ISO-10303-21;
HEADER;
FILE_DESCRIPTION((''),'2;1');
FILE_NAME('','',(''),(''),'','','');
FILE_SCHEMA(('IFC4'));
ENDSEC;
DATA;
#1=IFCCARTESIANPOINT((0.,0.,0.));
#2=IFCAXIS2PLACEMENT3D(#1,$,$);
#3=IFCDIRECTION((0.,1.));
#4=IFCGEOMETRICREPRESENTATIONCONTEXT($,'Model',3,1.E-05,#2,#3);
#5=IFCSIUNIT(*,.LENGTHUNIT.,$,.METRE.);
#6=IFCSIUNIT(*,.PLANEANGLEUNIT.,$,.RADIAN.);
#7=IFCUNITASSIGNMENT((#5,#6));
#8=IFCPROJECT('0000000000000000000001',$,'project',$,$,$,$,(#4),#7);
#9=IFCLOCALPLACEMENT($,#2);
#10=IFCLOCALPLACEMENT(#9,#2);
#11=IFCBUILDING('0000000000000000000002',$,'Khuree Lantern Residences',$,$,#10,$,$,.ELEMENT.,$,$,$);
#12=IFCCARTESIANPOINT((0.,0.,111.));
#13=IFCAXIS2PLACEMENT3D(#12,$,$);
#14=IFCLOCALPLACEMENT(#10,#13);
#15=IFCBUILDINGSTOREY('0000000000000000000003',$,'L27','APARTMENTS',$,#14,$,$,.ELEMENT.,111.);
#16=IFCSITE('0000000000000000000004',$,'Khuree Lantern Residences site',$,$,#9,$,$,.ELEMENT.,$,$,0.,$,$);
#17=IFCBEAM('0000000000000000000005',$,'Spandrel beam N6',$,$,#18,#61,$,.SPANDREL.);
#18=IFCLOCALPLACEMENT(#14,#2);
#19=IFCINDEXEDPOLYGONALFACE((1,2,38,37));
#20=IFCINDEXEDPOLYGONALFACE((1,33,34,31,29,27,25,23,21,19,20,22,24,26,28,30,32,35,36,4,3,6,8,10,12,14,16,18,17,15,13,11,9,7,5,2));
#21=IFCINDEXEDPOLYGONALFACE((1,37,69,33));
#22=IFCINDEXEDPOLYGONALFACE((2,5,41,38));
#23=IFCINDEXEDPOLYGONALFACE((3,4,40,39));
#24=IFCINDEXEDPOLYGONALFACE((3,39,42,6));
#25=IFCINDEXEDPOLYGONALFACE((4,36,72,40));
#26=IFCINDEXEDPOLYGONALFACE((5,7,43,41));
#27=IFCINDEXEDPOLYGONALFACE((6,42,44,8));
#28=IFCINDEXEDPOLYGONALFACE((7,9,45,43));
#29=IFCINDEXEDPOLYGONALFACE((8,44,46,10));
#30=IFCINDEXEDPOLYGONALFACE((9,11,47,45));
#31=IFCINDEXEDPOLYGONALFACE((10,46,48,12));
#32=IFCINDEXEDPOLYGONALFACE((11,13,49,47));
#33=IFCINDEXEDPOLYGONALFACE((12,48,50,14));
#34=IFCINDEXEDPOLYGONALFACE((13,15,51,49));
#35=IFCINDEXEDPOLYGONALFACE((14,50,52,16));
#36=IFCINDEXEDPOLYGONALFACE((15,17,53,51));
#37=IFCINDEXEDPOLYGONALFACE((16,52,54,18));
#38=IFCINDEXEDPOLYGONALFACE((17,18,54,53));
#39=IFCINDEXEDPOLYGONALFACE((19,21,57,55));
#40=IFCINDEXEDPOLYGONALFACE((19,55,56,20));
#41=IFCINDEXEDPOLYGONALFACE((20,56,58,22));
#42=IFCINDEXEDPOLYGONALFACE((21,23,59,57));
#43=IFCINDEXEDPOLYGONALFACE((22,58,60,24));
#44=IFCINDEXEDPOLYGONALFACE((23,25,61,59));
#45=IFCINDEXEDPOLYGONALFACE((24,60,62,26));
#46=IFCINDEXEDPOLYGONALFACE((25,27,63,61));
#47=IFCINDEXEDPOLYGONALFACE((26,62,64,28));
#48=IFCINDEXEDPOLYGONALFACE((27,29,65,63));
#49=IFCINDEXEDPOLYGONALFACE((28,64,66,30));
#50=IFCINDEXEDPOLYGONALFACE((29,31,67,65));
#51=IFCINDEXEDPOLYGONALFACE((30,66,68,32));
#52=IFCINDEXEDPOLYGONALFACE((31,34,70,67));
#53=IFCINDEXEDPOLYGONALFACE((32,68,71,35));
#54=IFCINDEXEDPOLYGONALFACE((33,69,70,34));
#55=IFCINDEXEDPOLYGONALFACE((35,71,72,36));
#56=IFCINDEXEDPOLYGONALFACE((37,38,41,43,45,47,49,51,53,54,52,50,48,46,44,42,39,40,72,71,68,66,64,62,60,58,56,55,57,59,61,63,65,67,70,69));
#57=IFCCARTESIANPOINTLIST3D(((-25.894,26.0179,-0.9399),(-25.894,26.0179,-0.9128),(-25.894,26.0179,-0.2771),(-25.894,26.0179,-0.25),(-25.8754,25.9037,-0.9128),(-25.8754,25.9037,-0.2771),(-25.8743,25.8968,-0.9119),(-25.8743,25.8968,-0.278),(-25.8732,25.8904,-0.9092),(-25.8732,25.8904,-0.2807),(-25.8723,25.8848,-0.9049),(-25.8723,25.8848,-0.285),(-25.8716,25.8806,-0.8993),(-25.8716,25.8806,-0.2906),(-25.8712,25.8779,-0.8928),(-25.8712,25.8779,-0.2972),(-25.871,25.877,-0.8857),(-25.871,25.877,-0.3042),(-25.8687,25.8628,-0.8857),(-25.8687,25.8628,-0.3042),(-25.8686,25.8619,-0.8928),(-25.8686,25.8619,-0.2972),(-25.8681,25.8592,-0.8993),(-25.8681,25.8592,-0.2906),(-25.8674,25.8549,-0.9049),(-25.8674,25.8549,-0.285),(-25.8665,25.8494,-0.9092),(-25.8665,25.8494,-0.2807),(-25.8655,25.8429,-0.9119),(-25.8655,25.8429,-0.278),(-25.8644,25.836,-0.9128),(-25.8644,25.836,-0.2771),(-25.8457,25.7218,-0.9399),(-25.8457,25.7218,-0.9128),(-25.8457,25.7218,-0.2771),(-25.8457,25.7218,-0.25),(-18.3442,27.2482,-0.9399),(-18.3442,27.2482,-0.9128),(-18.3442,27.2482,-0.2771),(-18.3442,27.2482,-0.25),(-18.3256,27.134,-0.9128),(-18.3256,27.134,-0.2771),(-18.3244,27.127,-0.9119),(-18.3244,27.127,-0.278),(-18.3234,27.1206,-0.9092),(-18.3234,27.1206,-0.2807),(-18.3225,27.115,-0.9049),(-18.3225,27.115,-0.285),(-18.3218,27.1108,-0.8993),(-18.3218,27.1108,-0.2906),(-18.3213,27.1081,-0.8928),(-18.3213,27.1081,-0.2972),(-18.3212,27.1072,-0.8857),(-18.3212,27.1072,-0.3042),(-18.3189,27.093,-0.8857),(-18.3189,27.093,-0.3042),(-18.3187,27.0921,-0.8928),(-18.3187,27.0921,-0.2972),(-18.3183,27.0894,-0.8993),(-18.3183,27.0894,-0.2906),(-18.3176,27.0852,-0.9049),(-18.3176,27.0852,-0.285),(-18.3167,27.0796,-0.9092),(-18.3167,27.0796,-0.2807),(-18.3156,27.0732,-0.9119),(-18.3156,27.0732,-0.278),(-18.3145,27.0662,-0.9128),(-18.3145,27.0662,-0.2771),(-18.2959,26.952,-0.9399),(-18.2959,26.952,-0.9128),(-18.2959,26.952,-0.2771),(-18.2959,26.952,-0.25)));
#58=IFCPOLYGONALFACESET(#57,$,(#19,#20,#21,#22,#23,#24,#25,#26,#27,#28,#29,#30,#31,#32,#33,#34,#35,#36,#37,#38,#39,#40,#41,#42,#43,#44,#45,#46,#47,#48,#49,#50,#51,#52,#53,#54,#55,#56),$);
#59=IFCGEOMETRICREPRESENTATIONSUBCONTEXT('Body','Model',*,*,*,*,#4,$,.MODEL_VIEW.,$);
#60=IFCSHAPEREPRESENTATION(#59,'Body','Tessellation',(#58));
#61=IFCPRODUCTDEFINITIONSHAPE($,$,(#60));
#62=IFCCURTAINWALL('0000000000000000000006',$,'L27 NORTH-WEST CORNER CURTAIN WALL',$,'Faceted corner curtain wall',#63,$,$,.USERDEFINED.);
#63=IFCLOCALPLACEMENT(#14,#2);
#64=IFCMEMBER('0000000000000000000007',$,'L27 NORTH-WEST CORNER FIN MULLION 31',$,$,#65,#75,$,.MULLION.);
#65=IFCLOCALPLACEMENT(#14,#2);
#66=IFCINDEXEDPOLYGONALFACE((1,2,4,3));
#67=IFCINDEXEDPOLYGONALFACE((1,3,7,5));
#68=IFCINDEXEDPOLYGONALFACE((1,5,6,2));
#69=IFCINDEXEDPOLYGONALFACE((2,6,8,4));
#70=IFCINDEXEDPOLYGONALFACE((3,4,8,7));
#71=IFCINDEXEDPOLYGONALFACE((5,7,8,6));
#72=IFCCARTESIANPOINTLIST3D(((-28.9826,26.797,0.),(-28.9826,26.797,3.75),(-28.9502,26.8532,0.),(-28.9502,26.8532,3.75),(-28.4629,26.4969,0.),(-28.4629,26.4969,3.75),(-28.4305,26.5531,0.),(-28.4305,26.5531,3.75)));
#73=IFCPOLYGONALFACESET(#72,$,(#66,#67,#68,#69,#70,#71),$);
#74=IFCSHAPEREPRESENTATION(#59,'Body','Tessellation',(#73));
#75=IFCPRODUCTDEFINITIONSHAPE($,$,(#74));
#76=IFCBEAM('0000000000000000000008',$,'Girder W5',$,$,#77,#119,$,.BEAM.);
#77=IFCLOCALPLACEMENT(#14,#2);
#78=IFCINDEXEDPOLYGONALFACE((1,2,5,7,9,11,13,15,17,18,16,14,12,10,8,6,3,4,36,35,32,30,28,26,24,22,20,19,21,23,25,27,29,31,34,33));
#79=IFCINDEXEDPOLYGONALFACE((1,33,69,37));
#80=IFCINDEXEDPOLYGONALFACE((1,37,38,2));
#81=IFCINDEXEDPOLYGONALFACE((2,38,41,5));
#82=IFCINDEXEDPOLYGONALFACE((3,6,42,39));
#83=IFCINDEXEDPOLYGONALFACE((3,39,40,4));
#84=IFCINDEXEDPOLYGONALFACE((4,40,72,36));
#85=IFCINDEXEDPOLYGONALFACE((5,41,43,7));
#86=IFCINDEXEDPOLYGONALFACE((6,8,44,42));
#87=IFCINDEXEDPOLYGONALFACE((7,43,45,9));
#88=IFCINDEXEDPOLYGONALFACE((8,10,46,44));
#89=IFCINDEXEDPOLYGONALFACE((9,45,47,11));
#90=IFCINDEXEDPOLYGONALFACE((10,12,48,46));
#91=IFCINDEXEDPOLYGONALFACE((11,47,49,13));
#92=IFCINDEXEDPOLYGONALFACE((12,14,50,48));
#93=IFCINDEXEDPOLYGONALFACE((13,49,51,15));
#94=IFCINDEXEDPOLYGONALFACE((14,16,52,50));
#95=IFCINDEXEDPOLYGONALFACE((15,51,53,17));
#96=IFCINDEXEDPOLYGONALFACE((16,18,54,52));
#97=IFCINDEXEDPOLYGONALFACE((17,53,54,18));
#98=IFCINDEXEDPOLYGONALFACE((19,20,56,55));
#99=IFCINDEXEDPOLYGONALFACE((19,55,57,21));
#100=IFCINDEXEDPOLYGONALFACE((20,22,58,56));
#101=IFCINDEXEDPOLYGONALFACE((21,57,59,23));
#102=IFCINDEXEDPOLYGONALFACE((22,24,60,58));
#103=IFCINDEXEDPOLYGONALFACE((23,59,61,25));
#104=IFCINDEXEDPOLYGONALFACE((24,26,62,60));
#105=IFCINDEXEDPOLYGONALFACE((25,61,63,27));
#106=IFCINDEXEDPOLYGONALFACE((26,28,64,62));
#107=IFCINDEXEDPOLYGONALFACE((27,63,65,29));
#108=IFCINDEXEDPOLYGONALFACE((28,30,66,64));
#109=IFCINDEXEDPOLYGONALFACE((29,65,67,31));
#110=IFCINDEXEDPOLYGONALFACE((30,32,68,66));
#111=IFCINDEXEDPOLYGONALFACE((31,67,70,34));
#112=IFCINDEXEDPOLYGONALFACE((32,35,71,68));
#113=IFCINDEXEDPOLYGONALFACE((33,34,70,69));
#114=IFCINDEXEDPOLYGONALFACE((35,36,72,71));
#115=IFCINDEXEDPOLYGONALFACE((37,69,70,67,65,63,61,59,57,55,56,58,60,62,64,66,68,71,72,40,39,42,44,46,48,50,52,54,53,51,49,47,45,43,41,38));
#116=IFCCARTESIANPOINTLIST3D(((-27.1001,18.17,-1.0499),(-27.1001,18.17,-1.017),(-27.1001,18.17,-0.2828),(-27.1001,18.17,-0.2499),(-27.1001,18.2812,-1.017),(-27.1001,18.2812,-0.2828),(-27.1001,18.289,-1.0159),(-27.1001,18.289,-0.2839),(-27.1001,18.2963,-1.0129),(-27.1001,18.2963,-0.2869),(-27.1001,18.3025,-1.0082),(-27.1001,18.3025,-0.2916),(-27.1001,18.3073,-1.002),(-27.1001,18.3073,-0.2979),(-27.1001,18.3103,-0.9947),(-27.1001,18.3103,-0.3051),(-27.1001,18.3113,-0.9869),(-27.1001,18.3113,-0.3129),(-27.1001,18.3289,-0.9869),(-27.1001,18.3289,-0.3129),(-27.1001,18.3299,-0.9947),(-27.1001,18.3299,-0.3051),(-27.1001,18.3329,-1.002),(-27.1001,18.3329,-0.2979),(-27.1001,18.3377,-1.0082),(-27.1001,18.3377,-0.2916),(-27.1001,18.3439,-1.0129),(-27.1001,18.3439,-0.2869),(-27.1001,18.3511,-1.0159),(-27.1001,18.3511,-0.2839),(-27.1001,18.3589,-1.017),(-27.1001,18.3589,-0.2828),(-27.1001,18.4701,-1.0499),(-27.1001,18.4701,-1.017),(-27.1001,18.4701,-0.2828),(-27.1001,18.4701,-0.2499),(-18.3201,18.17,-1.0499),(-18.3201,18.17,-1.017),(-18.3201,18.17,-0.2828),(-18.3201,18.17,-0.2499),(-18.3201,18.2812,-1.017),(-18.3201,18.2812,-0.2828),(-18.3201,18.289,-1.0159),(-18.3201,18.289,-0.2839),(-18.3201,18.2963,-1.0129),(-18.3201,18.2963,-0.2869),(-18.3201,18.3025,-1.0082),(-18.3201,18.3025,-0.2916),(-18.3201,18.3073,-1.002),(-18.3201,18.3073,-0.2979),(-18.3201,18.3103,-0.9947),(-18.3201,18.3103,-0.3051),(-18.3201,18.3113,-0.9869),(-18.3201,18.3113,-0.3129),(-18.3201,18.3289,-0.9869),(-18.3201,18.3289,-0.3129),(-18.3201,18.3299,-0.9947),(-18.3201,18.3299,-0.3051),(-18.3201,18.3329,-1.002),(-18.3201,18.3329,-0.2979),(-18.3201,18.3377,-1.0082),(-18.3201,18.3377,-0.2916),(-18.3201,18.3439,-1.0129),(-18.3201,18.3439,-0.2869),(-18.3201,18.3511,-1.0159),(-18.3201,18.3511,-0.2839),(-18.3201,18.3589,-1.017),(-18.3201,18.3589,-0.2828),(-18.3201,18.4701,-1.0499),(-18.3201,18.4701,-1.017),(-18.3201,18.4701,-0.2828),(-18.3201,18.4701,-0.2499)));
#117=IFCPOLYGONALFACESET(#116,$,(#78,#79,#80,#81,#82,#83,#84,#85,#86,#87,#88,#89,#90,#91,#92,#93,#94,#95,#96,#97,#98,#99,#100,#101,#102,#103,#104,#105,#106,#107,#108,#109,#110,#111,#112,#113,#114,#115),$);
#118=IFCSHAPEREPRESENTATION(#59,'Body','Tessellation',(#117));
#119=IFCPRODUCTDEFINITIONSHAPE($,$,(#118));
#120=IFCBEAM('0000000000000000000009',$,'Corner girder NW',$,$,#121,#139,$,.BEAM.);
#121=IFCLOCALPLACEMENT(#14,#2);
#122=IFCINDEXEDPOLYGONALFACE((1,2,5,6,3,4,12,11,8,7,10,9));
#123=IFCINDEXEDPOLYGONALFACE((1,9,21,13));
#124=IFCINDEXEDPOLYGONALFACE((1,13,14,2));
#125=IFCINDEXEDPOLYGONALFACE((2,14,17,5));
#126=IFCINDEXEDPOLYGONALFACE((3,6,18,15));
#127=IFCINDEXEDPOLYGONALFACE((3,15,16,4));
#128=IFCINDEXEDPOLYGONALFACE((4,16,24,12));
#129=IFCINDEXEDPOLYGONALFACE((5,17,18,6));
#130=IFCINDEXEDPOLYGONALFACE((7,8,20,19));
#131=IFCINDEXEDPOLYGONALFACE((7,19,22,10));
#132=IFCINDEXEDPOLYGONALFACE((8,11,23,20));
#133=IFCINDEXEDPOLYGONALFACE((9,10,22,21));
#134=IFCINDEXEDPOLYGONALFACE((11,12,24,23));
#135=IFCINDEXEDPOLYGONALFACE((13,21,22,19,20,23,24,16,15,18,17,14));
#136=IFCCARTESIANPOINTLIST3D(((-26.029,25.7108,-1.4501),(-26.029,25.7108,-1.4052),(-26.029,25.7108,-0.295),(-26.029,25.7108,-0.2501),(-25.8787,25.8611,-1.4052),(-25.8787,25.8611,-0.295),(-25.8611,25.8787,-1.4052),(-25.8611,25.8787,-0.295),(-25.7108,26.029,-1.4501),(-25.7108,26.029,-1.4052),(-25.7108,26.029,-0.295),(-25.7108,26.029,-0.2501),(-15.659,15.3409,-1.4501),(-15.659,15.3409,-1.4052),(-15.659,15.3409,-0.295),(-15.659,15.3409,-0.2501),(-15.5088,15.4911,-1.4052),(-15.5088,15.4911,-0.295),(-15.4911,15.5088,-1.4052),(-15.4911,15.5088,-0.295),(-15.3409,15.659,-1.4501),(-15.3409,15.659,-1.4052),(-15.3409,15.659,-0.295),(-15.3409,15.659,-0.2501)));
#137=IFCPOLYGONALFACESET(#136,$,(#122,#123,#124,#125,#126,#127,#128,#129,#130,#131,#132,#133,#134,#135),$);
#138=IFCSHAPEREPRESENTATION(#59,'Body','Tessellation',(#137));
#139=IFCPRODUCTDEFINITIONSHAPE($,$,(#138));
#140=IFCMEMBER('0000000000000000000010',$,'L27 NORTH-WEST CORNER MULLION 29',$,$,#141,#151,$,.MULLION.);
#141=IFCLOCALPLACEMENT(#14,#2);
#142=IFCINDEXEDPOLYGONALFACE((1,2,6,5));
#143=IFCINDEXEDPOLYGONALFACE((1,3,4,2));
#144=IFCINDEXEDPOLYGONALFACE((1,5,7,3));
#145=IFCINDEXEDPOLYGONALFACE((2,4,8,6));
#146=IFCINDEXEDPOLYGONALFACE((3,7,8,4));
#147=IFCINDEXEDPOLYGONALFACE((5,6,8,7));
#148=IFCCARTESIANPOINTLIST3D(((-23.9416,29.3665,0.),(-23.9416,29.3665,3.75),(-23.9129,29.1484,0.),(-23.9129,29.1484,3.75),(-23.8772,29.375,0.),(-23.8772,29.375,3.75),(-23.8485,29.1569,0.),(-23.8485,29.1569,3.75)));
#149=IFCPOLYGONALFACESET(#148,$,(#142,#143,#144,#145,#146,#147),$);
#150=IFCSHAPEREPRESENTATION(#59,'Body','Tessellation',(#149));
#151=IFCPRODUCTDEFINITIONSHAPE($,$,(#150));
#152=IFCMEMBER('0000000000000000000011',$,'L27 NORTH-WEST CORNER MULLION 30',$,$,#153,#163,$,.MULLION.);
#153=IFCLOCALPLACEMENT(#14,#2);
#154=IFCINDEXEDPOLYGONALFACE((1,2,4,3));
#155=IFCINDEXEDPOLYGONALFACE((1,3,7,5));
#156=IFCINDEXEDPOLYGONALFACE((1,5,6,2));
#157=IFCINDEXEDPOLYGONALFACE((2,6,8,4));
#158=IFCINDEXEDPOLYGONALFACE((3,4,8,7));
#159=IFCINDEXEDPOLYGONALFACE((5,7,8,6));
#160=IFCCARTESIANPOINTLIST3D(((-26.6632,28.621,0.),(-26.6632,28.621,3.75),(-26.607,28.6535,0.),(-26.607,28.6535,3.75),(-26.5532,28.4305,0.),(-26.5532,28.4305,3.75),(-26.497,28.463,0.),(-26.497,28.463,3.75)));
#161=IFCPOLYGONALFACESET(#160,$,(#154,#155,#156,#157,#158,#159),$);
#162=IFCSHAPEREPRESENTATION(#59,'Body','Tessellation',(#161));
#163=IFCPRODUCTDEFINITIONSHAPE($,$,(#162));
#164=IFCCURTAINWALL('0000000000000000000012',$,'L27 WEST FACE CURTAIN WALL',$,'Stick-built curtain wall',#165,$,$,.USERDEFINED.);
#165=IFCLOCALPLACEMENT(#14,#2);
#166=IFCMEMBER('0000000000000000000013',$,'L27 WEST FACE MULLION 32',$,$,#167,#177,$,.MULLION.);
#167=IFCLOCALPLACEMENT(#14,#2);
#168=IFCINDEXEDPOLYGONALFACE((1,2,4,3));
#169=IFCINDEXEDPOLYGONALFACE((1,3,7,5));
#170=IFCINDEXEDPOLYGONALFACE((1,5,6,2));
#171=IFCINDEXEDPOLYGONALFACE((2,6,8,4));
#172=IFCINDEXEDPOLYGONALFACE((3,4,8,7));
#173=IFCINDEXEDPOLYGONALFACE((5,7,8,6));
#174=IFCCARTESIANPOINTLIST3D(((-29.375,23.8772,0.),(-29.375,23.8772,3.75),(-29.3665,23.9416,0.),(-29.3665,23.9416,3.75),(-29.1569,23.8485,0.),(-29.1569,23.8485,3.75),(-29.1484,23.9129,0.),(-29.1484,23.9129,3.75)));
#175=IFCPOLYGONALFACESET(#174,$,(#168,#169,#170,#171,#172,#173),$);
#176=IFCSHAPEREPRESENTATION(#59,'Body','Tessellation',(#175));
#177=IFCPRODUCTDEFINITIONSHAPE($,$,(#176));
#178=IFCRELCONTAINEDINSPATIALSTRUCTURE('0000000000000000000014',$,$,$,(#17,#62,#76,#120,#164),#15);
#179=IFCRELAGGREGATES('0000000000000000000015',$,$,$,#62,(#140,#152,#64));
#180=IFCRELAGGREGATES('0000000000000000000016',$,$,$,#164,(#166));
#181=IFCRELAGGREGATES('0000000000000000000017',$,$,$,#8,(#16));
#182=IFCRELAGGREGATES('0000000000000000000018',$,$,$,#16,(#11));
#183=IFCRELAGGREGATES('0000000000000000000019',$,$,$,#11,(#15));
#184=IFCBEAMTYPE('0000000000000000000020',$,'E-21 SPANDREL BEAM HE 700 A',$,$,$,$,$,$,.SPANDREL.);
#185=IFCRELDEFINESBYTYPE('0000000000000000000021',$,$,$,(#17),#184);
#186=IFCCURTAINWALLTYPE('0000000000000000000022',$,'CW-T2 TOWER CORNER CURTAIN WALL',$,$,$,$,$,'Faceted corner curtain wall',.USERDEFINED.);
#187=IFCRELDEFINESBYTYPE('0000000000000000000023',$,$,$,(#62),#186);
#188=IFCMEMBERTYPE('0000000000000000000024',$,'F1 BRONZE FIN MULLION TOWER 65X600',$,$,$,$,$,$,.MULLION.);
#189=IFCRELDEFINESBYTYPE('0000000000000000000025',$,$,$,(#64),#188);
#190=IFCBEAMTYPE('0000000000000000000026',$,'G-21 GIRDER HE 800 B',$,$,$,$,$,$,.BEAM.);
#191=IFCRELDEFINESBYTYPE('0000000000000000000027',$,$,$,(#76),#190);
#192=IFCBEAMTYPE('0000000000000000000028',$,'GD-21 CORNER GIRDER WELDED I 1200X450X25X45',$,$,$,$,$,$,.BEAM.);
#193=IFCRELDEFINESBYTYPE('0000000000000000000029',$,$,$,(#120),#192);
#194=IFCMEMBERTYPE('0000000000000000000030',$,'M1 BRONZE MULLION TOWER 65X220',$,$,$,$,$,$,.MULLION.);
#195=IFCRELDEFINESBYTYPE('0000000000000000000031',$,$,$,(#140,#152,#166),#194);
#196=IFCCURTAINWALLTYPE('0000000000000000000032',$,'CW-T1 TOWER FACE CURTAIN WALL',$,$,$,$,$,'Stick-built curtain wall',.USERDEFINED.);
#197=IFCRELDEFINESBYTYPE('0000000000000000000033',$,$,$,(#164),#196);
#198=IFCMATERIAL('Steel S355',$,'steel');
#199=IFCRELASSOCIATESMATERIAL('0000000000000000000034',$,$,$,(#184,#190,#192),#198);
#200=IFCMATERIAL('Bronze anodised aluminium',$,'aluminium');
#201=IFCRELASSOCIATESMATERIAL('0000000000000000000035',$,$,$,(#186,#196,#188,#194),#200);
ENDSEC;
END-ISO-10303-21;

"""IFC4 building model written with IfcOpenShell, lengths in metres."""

from ifc_helpers import new_model, si_unit, direction, frame, origin, origin_2d, place, context, subcontext, project, spatial, rectangle, i_section, extrude, material, material_profile, profile_set, type_object, element, aggregate, save


model = new_model("IFC4")

# Units and contexts
model_context = context("Model", 3, precision=1e-05, world=origin(), true_north=direction((0.0, 1.0)))
body_context = subcontext(model_context, "Body", "Model", "MODEL_VIEW")
ifc_project = project(units=[si_unit("LENGTHUNIT", "METRE"), si_unit("PLANEANGLEUNIT", "RADIAN")], contexts=[model_context])

# Site, building, storey
site_placement = place(None, origin())
site = spatial("IfcSite", under=ifc_project, at=site_placement, Name="Khuree Lantern Residences site", CompositionType="ELEMENT", RefElevation=0.0)
building_placement = place(site_placement, origin())
building = spatial("IfcBuilding", under=site, at=building_placement, Name="Khuree Lantern Residences", CompositionType="ELEMENT")
storey_placement = place(building_placement, frame((0.0, 0.0, 111.0)))
storey = spatial("IfcBuildingStorey", under=building, at=storey_placement, Name="L27", Description="APARTMENTS", CompositionType="ELEMENT", Elevation=111.0)

# Beam
ifc_material_1 = material(Name="Steel S355", Category="steel")
ifc_material_profile_1 = material_profile(ifc_material_1, i_section(OverallWidth=0.3, OverallDepth=0.6899, WebThickness=0.0144, FlangeThickness=0.0271, FilletRadius=0.0271, at=origin_2d()), Name="HE 700 A")
ifc_profile_set_1 = profile_set([ifc_material_profile_1], Name="Steel S355")
beam_type_1 = type_object("IfcBeamType", Name="E-21 SPANDREL BEAM HE 700 A", PredefinedType="SPANDREL", material=ifc_profile_set_1)
for number, where, z_axis, x_axis, name in (
    (1, (-25.8699, 25.8699, -0.595), (0.986983, 0.160827, 0.0), (-0.160827, 0.986983, 0.0), "Spandrel beam N6"),
):
    element("IfcBeam", number, at=place(storey_placement, frame(where, z_axis=z_axis, x_axis=x_axis)), inside=storey, type_object=beam_type_1, Name=name, PredefinedType="SPANDREL", context=body_context, shape_type="SweptSolid", body=[
        extrude(i_section(OverallWidth=0.3, OverallDepth=0.6899, WebThickness=0.0144, FlangeThickness=0.0271, FilletRadius=0.0271, at=origin_2d()), origin(), (0.0, 0.0, 1.0), 7.6494),
    ])

# Curtain wall, member
ifc_material_2 = material(Name="Bronze anodised aluminium", Category="aluminium")
curtain_wall_type_1 = type_object("IfcCurtainWallType", Name="CW-T2 TOWER CORNER CURTAIN WALL", ElementType="Faceted corner curtain wall", PredefinedType="USERDEFINED", material=ifc_material_2)
curtain_wall_1_placement = place(storey_placement, origin())
curtain_wall_1 = element("IfcCurtainWall", 2, at=curtain_wall_1_placement, inside=storey, type_object=curtain_wall_type_1, Name="L27 NORTH-WEST CORNER CURTAIN WALL", ObjectType="Faceted corner curtain wall", PredefinedType="USERDEFINED")
ifc_material_profile_2 = material_profile(ifc_material_2, rectangle(XDim=0.0649, YDim=0.6001, at=origin_2d()), Name="F1 65X600")
ifc_profile_set_2 = profile_set([ifc_material_profile_2], Name="Bronze anodised aluminium")
member_type_1 = type_object("IfcMemberType", Name="F1 BRONZE FIN MULLION TOWER 65X600", PredefinedType="MULLION", material=ifc_profile_set_2)
member_1_placement = place(storey_placement, frame((-28.7065, 26.675, 0.0), z_axis=(0.0, 0.0, 1.0), x_axis=(-0.5, -0.866025, 0.0)))
member_1 = element("IfcMember", 3, at=member_1_placement, type_object=member_type_1, Name="L27 NORTH-WEST CORNER FIN MULLION 31", PredefinedType="MULLION", context=body_context, shape_type="SweptSolid", body=[
    extrude(rectangle(XDim=0.0649, YDim=0.6001, at=origin_2d()), origin(), (0.0, 0.0, 1.0), 3.75),
])

# Beams
ifc_material_profile_3 = material_profile(ifc_material_1, i_section(OverallWidth=0.3, OverallDepth=0.8, WebThickness=0.0176, FlangeThickness=0.033, FilletRadius=0.03, at=origin_2d()), Name="HE 800 B")
ifc_profile_set_3 = profile_set([ifc_material_profile_3], Name="Steel S355")
beam_type_2 = type_object("IfcBeamType", Name="G-21 GIRDER HE 800 B", PredefinedType="BEAM", material=ifc_profile_set_3)
beam_1_placement = place(storey_placement, frame((-27.1001, 18.3201, -0.6499), z_axis=(1.0, 0.0, 0.0), x_axis=(0.0, 1.0, 0.0)))
element("IfcBeam", 4, at=beam_1_placement, inside=storey, type_object=beam_type_2, Name="Girder W5", PredefinedType="BEAM", context=body_context, shape_type="SweptSolid", body=[
    extrude(i_section(OverallWidth=0.3, OverallDepth=0.8, WebThickness=0.0176, FlangeThickness=0.033, FilletRadius=0.03, at=origin_2d()), origin(), (0.0, 0.0, 1.0), 8.78),
])
ifc_material_profile_4 = material_profile(ifc_material_1, i_section(OverallWidth=0.45, OverallDepth=1.2, WebThickness=0.0249, FlangeThickness=0.0449, at=origin_2d()), Name="WELDED I 1200X450X25X45")
ifc_profile_set_4 = profile_set([ifc_material_profile_4], Name="Steel S355")
beam_type_3 = type_object("IfcBeamType", Name="GD-21 CORNER GIRDER WELDED I 1200X450X25X45", PredefinedType="BEAM", material=ifc_profile_set_4)
beam_2_placement = place(storey_placement, frame((-25.8699, 25.8699, -0.8501), z_axis=(0.707107, -0.707107, 0.0), x_axis=(0.707107, 0.707107, 0.0)))
element("IfcBeam", 5, at=beam_2_placement, inside=storey, type_object=beam_type_3, Name="Corner girder NW", PredefinedType="BEAM", context=body_context, shape_type="SweptSolid", body=[
    extrude(i_section(OverallWidth=0.45, OverallDepth=1.2, WebThickness=0.0249, FlangeThickness=0.0449, at=origin_2d()), origin(), (0.0, 0.0, 1.0), 14.6653),
])

# Members
ifc_material_profile_5 = material_profile(ifc_material_2, rectangle(XDim=0.0649, YDim=0.22, at=origin_2d()), Name="M1 65X220")
ifc_profile_set_5 = profile_set([ifc_material_profile_5], Name="Bronze anodised aluminium")
member_type_2 = type_object("IfcMemberType", Name="M1 BRONZE MULLION TOWER 65X220", PredefinedType="MULLION", material=ifc_profile_set_5)
member_2_placement = place(storey_placement, frame((-23.895, 29.2617, 0.0), z_axis=(0.0, 0.0, 1.0), x_axis=(-0.991445, -0.130526, 0.0)))
member_2 = element("IfcMember", 6, at=member_2_placement, type_object=member_type_2, Name="L27 NORTH-WEST CORNER MULLION 29", PredefinedType="MULLION", context=body_context, shape_type="SweptSolid", body=[
    extrude(rectangle(XDim=0.0649, YDim=0.22, at=origin_2d()), origin(), (0.0, 0.0, 1.0), 3.75),
])
member_3_placement = place(storey_placement, frame((-26.5801, 28.542, 0.0), z_axis=(0.0, 0.0, 1.0), x_axis=(-0.866025, -0.5, 0.0)))
member_3 = element("IfcMember", 7, at=member_3_placement, type_object=member_type_2, Name="L27 NORTH-WEST CORNER MULLION 30", PredefinedType="MULLION", context=body_context, shape_type="SweptSolid", body=[
    extrude(rectangle(XDim=0.0649, YDim=0.22, at=origin_2d()), origin(), (0.0, 0.0, 1.0), 3.75),
])

# Curtain wall, member
curtain_wall_type_2 = type_object("IfcCurtainWallType", Name="CW-T1 TOWER FACE CURTAIN WALL", ElementType="Stick-built curtain wall", PredefinedType="USERDEFINED", material=ifc_material_2)
curtain_wall_2_placement = place(storey_placement, origin())
curtain_wall_2 = element("IfcCurtainWall", 8, at=curtain_wall_2_placement, inside=storey, type_object=curtain_wall_type_2, Name="L27 WEST FACE CURTAIN WALL", ObjectType="Stick-built curtain wall", PredefinedType="USERDEFINED")
member_4_placement = place(storey_placement, frame((-29.2617, 23.895, 0.0), z_axis=(0.0, 0.0, 1.0), x_axis=(-0.130526, -0.991445, 0.0)))
member_4 = element("IfcMember", 9, at=member_4_placement, type_object=member_type_2, Name="L27 WEST FACE MULLION 32", PredefinedType="MULLION", context=body_context, shape_type="SweptSolid", body=[
    extrude(rectangle(XDim=0.0649, YDim=0.22, at=origin_2d()), origin(), (0.0, 0.0, 1.0), 3.75),
])

aggregate(curtain_wall_1, [member_2, member_3, member_1])
aggregate(curtain_wall_2, [member_4])

save(model, "model.ifc")
